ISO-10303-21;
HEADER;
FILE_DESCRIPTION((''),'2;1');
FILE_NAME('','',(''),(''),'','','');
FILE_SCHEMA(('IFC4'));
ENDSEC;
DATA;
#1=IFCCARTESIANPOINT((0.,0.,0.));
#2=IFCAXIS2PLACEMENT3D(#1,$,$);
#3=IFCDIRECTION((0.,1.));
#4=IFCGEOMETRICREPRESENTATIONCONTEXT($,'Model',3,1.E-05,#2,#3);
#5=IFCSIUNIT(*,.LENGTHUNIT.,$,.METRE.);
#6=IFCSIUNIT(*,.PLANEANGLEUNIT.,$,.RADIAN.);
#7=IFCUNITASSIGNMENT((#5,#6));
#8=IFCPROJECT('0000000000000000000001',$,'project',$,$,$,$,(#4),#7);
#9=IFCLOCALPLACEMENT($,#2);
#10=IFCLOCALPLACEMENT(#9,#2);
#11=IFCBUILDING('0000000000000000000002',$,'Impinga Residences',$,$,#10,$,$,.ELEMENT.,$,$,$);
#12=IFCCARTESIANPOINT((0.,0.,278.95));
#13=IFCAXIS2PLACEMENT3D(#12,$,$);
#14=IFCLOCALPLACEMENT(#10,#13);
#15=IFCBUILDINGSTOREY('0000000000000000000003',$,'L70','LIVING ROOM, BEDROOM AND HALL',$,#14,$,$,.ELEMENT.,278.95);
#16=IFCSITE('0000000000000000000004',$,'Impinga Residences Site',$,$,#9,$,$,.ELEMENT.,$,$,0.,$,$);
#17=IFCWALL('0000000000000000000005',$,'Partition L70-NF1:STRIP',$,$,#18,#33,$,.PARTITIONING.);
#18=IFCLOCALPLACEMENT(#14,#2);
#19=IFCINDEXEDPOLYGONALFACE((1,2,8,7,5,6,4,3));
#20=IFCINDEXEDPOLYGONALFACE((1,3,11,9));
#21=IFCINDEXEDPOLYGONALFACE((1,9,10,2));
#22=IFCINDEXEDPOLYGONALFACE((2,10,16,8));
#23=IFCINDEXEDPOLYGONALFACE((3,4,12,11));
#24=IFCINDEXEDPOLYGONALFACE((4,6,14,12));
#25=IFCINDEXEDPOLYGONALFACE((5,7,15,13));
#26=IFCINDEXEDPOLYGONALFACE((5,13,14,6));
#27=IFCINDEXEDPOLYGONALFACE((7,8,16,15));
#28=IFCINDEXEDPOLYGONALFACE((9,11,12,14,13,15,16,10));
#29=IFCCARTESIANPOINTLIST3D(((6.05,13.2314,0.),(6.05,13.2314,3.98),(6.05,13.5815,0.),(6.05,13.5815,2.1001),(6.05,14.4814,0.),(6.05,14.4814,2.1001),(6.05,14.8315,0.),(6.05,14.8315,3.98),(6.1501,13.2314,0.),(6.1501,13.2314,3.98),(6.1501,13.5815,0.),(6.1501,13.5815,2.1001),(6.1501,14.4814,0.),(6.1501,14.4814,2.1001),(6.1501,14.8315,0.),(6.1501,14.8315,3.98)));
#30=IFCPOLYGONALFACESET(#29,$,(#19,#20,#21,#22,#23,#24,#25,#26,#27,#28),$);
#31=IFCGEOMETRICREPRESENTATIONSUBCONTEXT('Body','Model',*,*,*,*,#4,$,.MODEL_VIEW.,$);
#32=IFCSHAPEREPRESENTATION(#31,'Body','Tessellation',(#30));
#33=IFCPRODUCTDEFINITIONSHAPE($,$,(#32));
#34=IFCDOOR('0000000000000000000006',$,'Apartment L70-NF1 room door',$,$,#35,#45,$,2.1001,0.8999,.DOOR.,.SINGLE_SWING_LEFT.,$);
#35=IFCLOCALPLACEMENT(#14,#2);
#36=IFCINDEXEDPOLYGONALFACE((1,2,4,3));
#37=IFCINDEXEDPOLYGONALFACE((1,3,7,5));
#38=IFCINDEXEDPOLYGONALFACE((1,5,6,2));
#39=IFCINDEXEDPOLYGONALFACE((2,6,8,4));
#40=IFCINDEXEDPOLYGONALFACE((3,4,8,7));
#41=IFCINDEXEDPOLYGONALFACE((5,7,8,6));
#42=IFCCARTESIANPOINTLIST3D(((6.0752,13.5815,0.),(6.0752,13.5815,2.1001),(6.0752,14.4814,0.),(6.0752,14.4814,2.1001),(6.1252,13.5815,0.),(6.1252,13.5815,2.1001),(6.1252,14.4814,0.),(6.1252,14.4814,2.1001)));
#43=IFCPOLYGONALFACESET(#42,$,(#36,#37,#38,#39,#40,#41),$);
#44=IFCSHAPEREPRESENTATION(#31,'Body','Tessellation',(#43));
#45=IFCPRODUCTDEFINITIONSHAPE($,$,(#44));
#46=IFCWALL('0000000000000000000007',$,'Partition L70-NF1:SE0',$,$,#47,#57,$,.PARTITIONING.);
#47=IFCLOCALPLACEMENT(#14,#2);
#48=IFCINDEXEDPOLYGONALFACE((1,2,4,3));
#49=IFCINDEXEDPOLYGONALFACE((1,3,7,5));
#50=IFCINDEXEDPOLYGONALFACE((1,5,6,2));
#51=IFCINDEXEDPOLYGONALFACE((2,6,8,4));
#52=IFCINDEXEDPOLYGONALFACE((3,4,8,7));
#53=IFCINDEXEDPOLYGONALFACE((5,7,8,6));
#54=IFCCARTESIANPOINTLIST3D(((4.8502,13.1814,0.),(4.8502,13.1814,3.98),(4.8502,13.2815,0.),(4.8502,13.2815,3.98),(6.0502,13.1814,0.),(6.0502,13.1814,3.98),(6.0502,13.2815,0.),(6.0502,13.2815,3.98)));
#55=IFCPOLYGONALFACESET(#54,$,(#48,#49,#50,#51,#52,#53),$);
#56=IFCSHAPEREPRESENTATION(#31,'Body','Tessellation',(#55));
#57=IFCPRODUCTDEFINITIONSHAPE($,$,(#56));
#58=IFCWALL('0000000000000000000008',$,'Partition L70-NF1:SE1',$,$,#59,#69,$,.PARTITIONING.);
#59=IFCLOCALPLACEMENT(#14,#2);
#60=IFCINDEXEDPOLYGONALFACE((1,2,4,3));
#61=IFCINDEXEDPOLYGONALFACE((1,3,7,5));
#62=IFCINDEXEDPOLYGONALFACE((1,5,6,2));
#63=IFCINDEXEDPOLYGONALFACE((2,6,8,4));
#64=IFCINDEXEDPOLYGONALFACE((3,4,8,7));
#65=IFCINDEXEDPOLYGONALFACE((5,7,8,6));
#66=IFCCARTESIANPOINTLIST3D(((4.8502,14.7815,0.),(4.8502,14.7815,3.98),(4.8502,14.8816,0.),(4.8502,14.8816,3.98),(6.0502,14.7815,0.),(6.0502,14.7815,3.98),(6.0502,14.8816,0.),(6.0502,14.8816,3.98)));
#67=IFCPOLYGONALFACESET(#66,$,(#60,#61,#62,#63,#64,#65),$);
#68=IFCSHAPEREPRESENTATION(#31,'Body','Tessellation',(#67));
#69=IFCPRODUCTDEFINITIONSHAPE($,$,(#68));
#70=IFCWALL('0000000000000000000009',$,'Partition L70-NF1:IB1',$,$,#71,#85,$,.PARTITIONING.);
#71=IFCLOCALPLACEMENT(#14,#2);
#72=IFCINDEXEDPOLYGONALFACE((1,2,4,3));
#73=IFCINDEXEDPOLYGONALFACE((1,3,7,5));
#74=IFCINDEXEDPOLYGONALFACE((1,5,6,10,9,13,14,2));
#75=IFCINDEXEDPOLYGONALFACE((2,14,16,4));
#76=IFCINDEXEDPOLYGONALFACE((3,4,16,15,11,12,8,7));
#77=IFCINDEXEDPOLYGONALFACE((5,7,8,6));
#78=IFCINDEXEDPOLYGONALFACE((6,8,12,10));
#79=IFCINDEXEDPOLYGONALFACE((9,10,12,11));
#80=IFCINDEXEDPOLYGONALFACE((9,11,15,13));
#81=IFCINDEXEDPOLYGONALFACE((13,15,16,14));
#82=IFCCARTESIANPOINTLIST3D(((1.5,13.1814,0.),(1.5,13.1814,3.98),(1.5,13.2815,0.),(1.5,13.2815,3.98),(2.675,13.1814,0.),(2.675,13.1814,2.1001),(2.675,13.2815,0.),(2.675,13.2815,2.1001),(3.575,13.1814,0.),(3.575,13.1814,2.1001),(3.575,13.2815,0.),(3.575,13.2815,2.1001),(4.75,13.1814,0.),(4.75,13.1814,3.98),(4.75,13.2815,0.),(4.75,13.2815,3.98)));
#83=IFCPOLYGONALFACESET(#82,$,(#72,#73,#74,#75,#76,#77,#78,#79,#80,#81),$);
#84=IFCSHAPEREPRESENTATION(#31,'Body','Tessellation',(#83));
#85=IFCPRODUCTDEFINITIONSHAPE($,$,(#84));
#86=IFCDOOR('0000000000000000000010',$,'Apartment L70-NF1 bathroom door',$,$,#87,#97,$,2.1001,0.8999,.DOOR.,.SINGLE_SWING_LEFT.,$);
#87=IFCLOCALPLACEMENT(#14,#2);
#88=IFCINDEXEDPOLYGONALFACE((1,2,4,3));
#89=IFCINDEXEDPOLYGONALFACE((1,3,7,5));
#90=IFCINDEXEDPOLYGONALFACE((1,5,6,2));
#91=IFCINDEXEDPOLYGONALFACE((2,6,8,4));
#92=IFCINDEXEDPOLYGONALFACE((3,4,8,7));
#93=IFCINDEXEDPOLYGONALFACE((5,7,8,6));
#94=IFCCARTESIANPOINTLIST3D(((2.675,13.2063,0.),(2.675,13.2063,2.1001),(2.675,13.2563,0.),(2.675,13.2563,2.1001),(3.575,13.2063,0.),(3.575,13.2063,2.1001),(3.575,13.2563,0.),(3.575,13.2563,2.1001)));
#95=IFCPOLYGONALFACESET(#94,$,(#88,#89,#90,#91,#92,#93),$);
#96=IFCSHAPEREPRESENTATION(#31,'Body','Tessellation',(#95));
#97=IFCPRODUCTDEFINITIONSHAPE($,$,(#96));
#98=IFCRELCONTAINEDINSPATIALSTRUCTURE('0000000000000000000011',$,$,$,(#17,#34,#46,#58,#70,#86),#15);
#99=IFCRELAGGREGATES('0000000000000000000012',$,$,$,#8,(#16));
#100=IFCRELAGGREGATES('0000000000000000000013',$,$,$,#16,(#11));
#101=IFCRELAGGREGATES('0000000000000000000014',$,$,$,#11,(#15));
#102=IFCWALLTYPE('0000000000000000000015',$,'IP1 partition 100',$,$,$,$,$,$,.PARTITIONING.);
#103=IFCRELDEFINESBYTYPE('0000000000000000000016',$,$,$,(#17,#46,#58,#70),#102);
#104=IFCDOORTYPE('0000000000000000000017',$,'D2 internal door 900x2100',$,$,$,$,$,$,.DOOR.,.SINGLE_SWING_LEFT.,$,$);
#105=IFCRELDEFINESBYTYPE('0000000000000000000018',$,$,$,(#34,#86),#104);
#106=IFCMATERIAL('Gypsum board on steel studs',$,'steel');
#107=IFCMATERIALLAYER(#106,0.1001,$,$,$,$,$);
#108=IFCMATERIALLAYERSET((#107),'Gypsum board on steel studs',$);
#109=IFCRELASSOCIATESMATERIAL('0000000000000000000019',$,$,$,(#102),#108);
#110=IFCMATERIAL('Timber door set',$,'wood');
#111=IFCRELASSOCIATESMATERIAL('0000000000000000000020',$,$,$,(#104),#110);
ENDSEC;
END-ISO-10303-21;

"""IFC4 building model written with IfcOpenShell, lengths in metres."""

from ifc_helpers import new_model, si_unit, direction, frame, frame_2d, origin, place, context, subcontext, project, spatial, rectangle, extrude, material, layer, layer_set, type_object, element, fill, save


model = new_model("IFC4")

# Units and contexts
model_context = context("Model", 3, precision=1e-05, world=origin(), true_north=direction((0.0, 1.0)))
body_context = subcontext(model_context, "Body", "Model", "MODEL_VIEW")
ifc_project = project(units=[si_unit("LENGTHUNIT", "METRE"), si_unit("PLANEANGLEUNIT", "RADIAN")], contexts=[model_context])

# Site, building, storey
site_placement = place(None, origin())
site = spatial("IfcSite", under=ifc_project, at=site_placement, Name="Impinga Residences Site", CompositionType="ELEMENT", RefElevation=0.0)
building_placement = place(site_placement, origin())
building = spatial("IfcBuilding", under=site, at=building_placement, Name="Impinga Residences", CompositionType="ELEMENT")
storey_placement = place(building_placement, frame((0.0, 0.0, 278.95)))
storey = spatial("IfcBuildingStorey", under=building, at=storey_placement, Name="L70", Description="LIVING ROOM, BEDROOM AND HALL", CompositionType="ELEMENT", Elevation=278.95)

# Shared definitions
ifc_material_1 = material(Name="Gypsum board on steel studs", Category="steel")
ifc_layer_1 = layer(ifc_material_1, 0.1001)
ifc_layer_set_1 = layer_set([ifc_layer_1], Name="Gypsum board on steel studs")
wall_type_1 = type_object("IfcWallType", Name="IP1 partition 100", PredefinedType="PARTITIONING", material=ifc_layer_set_1)

# Wall, opening, door
wall_1_placement = place(storey_placement, frame((6.1001, 13.2314, 0.0), z_axis=(0.0, 0.0, 1.0), x_axis=(0.0, 1.0, 0.0)))
wall_1 = element("IfcWall", 1, at=wall_1_placement, inside=storey, type_object=wall_type_1, Name="Partition L70-NF1:STRIP", PredefinedType="PARTITIONING", context=body_context, shape_type="SweptSolid", body=[
    extrude(rectangle(XDim=1.6001, YDim=0.1001, at=frame_2d((0.8, 0.0))), origin(), (0.0, 0.0, 1.0), 3.98),
])
opening_1_placement = place(wall_1_placement, frame((0.3501, 0.0, 0.0)))
opening_1 = element("IfcOpeningElement", 2, at=opening_1_placement, cuts=wall_1, PredefinedType="OPENING", context=body_context, shape_type="SweptSolid", body=[
    extrude(rectangle(XDim=0.8999, YDim=2.1001, at=frame_2d((0.45, 1.05))), frame((0.0, 0.0601, 0.0), z_axis=(0.0, -1.0, 0.0), x_axis=(1.0, 0.0, 0.0)), (0.0, 0.0, 1.0), 0.1201),
])
ifc_material_2 = material(Name="Timber door set", Category="wood")
door_type = type_object("IfcDoorType", Name="D2 internal door 900x2100", OperationType="SINGLE_SWING_LEFT", PredefinedType="DOOR", material=ifc_material_2)
door_1_placement = place(opening_1_placement, origin())
door_1 = element("IfcDoor", 3, at=door_1_placement, inside=storey, type_object=door_type, Name="Apartment L70-NF1 room door", OperationType="SINGLE_SWING_LEFT", OverallHeight=2.1001, OverallWidth=0.8999, PredefinedType="DOOR", context=body_context, shape_type="SweptSolid", body=[
    extrude(rectangle(XDim=0.8999, YDim=2.1001, at=frame_2d((0.45, 1.05))), frame((0.0, 0.0249, 0.0), z_axis=(0.0, -1.0, 0.0), x_axis=(1.0, 0.0, 0.0)), (0.0, 0.0, 1.0), 0.05),
])
fill(opening_1, door_1)

# Walls
for number, where, z_axis, x_axis, name in (
    (4, (4.8501, 13.2314, 0.0), (0.0, 0.0, 1.0), (1.0, 0.0, 0.0), "Partition L70-NF1:SE0"),
    (5, (4.8501, 14.8315, 0.0), (0.0, 0.0, 1.0), (1.0, 0.0, 0.0), "Partition L70-NF1:SE1"),
):
    element("IfcWall", number, at=place(storey_placement, frame(where, z_axis=z_axis, x_axis=x_axis)), inside=storey, type_object=wall_type_1, Name=name, PredefinedType="PARTITIONING", context=body_context, shape_type="SweptSolid", body=[
        extrude(rectangle(XDim=1.2, YDim=0.1001, at=frame_2d((0.6001, 0.0))), origin(), (0.0, 0.0, 1.0), 3.98),
    ])

# Wall, opening, door
wall_2_placement = place(storey_placement, frame((1.5, 13.2314, 0.0), z_axis=(0.0, 0.0, 1.0), x_axis=(1.0, 0.0, 0.0)))
wall_2 = element("IfcWall", 6, at=wall_2_placement, inside=storey, type_object=wall_type_1, Name="Partition L70-NF1:IB1", PredefinedType="PARTITIONING", context=body_context, shape_type="SweptSolid", body=[
    extrude(rectangle(XDim=3.25, YDim=0.1001, at=frame_2d((1.625, 0.0))), origin(), (0.0, 0.0, 1.0), 3.98),
])
opening_2_placement = place(wall_2_placement, frame((1.175, 0.0, 0.0)))
opening_2 = element("IfcOpeningElement", 7, at=opening_2_placement, cuts=wall_2, PredefinedType="OPENING", context=body_context, shape_type="SweptSolid", body=[
    extrude(rectangle(XDim=0.8999, YDim=2.1001, at=frame_2d((0.45, 1.05))), frame((0.0, 0.0601, 0.0), z_axis=(0.0, -1.0, 0.0), x_axis=(1.0, 0.0, 0.0)), (0.0, 0.0, 1.0), 0.1201),
])
door_2_placement = place(opening_2_placement, origin())
door_2 = element("IfcDoor", 8, at=door_2_placement, inside=storey, type_object=door_type, Name="Apartment L70-NF1 bathroom door", OperationType="SINGLE_SWING_LEFT", OverallHeight=2.1001, OverallWidth=0.8999, PredefinedType="DOOR", context=body_context, shape_type="SweptSolid", body=[
    extrude(rectangle(XDim=0.8999, YDim=2.1001, at=frame_2d((0.45, 1.05))), frame((0.0, 0.0249, 0.0), z_axis=(0.0, -1.0, 0.0), x_axis=(1.0, 0.0, 0.0)), (0.0, 0.0, 1.0), 0.05),
])
fill(opening_2, door_2)

save(model, "model.ifc")
